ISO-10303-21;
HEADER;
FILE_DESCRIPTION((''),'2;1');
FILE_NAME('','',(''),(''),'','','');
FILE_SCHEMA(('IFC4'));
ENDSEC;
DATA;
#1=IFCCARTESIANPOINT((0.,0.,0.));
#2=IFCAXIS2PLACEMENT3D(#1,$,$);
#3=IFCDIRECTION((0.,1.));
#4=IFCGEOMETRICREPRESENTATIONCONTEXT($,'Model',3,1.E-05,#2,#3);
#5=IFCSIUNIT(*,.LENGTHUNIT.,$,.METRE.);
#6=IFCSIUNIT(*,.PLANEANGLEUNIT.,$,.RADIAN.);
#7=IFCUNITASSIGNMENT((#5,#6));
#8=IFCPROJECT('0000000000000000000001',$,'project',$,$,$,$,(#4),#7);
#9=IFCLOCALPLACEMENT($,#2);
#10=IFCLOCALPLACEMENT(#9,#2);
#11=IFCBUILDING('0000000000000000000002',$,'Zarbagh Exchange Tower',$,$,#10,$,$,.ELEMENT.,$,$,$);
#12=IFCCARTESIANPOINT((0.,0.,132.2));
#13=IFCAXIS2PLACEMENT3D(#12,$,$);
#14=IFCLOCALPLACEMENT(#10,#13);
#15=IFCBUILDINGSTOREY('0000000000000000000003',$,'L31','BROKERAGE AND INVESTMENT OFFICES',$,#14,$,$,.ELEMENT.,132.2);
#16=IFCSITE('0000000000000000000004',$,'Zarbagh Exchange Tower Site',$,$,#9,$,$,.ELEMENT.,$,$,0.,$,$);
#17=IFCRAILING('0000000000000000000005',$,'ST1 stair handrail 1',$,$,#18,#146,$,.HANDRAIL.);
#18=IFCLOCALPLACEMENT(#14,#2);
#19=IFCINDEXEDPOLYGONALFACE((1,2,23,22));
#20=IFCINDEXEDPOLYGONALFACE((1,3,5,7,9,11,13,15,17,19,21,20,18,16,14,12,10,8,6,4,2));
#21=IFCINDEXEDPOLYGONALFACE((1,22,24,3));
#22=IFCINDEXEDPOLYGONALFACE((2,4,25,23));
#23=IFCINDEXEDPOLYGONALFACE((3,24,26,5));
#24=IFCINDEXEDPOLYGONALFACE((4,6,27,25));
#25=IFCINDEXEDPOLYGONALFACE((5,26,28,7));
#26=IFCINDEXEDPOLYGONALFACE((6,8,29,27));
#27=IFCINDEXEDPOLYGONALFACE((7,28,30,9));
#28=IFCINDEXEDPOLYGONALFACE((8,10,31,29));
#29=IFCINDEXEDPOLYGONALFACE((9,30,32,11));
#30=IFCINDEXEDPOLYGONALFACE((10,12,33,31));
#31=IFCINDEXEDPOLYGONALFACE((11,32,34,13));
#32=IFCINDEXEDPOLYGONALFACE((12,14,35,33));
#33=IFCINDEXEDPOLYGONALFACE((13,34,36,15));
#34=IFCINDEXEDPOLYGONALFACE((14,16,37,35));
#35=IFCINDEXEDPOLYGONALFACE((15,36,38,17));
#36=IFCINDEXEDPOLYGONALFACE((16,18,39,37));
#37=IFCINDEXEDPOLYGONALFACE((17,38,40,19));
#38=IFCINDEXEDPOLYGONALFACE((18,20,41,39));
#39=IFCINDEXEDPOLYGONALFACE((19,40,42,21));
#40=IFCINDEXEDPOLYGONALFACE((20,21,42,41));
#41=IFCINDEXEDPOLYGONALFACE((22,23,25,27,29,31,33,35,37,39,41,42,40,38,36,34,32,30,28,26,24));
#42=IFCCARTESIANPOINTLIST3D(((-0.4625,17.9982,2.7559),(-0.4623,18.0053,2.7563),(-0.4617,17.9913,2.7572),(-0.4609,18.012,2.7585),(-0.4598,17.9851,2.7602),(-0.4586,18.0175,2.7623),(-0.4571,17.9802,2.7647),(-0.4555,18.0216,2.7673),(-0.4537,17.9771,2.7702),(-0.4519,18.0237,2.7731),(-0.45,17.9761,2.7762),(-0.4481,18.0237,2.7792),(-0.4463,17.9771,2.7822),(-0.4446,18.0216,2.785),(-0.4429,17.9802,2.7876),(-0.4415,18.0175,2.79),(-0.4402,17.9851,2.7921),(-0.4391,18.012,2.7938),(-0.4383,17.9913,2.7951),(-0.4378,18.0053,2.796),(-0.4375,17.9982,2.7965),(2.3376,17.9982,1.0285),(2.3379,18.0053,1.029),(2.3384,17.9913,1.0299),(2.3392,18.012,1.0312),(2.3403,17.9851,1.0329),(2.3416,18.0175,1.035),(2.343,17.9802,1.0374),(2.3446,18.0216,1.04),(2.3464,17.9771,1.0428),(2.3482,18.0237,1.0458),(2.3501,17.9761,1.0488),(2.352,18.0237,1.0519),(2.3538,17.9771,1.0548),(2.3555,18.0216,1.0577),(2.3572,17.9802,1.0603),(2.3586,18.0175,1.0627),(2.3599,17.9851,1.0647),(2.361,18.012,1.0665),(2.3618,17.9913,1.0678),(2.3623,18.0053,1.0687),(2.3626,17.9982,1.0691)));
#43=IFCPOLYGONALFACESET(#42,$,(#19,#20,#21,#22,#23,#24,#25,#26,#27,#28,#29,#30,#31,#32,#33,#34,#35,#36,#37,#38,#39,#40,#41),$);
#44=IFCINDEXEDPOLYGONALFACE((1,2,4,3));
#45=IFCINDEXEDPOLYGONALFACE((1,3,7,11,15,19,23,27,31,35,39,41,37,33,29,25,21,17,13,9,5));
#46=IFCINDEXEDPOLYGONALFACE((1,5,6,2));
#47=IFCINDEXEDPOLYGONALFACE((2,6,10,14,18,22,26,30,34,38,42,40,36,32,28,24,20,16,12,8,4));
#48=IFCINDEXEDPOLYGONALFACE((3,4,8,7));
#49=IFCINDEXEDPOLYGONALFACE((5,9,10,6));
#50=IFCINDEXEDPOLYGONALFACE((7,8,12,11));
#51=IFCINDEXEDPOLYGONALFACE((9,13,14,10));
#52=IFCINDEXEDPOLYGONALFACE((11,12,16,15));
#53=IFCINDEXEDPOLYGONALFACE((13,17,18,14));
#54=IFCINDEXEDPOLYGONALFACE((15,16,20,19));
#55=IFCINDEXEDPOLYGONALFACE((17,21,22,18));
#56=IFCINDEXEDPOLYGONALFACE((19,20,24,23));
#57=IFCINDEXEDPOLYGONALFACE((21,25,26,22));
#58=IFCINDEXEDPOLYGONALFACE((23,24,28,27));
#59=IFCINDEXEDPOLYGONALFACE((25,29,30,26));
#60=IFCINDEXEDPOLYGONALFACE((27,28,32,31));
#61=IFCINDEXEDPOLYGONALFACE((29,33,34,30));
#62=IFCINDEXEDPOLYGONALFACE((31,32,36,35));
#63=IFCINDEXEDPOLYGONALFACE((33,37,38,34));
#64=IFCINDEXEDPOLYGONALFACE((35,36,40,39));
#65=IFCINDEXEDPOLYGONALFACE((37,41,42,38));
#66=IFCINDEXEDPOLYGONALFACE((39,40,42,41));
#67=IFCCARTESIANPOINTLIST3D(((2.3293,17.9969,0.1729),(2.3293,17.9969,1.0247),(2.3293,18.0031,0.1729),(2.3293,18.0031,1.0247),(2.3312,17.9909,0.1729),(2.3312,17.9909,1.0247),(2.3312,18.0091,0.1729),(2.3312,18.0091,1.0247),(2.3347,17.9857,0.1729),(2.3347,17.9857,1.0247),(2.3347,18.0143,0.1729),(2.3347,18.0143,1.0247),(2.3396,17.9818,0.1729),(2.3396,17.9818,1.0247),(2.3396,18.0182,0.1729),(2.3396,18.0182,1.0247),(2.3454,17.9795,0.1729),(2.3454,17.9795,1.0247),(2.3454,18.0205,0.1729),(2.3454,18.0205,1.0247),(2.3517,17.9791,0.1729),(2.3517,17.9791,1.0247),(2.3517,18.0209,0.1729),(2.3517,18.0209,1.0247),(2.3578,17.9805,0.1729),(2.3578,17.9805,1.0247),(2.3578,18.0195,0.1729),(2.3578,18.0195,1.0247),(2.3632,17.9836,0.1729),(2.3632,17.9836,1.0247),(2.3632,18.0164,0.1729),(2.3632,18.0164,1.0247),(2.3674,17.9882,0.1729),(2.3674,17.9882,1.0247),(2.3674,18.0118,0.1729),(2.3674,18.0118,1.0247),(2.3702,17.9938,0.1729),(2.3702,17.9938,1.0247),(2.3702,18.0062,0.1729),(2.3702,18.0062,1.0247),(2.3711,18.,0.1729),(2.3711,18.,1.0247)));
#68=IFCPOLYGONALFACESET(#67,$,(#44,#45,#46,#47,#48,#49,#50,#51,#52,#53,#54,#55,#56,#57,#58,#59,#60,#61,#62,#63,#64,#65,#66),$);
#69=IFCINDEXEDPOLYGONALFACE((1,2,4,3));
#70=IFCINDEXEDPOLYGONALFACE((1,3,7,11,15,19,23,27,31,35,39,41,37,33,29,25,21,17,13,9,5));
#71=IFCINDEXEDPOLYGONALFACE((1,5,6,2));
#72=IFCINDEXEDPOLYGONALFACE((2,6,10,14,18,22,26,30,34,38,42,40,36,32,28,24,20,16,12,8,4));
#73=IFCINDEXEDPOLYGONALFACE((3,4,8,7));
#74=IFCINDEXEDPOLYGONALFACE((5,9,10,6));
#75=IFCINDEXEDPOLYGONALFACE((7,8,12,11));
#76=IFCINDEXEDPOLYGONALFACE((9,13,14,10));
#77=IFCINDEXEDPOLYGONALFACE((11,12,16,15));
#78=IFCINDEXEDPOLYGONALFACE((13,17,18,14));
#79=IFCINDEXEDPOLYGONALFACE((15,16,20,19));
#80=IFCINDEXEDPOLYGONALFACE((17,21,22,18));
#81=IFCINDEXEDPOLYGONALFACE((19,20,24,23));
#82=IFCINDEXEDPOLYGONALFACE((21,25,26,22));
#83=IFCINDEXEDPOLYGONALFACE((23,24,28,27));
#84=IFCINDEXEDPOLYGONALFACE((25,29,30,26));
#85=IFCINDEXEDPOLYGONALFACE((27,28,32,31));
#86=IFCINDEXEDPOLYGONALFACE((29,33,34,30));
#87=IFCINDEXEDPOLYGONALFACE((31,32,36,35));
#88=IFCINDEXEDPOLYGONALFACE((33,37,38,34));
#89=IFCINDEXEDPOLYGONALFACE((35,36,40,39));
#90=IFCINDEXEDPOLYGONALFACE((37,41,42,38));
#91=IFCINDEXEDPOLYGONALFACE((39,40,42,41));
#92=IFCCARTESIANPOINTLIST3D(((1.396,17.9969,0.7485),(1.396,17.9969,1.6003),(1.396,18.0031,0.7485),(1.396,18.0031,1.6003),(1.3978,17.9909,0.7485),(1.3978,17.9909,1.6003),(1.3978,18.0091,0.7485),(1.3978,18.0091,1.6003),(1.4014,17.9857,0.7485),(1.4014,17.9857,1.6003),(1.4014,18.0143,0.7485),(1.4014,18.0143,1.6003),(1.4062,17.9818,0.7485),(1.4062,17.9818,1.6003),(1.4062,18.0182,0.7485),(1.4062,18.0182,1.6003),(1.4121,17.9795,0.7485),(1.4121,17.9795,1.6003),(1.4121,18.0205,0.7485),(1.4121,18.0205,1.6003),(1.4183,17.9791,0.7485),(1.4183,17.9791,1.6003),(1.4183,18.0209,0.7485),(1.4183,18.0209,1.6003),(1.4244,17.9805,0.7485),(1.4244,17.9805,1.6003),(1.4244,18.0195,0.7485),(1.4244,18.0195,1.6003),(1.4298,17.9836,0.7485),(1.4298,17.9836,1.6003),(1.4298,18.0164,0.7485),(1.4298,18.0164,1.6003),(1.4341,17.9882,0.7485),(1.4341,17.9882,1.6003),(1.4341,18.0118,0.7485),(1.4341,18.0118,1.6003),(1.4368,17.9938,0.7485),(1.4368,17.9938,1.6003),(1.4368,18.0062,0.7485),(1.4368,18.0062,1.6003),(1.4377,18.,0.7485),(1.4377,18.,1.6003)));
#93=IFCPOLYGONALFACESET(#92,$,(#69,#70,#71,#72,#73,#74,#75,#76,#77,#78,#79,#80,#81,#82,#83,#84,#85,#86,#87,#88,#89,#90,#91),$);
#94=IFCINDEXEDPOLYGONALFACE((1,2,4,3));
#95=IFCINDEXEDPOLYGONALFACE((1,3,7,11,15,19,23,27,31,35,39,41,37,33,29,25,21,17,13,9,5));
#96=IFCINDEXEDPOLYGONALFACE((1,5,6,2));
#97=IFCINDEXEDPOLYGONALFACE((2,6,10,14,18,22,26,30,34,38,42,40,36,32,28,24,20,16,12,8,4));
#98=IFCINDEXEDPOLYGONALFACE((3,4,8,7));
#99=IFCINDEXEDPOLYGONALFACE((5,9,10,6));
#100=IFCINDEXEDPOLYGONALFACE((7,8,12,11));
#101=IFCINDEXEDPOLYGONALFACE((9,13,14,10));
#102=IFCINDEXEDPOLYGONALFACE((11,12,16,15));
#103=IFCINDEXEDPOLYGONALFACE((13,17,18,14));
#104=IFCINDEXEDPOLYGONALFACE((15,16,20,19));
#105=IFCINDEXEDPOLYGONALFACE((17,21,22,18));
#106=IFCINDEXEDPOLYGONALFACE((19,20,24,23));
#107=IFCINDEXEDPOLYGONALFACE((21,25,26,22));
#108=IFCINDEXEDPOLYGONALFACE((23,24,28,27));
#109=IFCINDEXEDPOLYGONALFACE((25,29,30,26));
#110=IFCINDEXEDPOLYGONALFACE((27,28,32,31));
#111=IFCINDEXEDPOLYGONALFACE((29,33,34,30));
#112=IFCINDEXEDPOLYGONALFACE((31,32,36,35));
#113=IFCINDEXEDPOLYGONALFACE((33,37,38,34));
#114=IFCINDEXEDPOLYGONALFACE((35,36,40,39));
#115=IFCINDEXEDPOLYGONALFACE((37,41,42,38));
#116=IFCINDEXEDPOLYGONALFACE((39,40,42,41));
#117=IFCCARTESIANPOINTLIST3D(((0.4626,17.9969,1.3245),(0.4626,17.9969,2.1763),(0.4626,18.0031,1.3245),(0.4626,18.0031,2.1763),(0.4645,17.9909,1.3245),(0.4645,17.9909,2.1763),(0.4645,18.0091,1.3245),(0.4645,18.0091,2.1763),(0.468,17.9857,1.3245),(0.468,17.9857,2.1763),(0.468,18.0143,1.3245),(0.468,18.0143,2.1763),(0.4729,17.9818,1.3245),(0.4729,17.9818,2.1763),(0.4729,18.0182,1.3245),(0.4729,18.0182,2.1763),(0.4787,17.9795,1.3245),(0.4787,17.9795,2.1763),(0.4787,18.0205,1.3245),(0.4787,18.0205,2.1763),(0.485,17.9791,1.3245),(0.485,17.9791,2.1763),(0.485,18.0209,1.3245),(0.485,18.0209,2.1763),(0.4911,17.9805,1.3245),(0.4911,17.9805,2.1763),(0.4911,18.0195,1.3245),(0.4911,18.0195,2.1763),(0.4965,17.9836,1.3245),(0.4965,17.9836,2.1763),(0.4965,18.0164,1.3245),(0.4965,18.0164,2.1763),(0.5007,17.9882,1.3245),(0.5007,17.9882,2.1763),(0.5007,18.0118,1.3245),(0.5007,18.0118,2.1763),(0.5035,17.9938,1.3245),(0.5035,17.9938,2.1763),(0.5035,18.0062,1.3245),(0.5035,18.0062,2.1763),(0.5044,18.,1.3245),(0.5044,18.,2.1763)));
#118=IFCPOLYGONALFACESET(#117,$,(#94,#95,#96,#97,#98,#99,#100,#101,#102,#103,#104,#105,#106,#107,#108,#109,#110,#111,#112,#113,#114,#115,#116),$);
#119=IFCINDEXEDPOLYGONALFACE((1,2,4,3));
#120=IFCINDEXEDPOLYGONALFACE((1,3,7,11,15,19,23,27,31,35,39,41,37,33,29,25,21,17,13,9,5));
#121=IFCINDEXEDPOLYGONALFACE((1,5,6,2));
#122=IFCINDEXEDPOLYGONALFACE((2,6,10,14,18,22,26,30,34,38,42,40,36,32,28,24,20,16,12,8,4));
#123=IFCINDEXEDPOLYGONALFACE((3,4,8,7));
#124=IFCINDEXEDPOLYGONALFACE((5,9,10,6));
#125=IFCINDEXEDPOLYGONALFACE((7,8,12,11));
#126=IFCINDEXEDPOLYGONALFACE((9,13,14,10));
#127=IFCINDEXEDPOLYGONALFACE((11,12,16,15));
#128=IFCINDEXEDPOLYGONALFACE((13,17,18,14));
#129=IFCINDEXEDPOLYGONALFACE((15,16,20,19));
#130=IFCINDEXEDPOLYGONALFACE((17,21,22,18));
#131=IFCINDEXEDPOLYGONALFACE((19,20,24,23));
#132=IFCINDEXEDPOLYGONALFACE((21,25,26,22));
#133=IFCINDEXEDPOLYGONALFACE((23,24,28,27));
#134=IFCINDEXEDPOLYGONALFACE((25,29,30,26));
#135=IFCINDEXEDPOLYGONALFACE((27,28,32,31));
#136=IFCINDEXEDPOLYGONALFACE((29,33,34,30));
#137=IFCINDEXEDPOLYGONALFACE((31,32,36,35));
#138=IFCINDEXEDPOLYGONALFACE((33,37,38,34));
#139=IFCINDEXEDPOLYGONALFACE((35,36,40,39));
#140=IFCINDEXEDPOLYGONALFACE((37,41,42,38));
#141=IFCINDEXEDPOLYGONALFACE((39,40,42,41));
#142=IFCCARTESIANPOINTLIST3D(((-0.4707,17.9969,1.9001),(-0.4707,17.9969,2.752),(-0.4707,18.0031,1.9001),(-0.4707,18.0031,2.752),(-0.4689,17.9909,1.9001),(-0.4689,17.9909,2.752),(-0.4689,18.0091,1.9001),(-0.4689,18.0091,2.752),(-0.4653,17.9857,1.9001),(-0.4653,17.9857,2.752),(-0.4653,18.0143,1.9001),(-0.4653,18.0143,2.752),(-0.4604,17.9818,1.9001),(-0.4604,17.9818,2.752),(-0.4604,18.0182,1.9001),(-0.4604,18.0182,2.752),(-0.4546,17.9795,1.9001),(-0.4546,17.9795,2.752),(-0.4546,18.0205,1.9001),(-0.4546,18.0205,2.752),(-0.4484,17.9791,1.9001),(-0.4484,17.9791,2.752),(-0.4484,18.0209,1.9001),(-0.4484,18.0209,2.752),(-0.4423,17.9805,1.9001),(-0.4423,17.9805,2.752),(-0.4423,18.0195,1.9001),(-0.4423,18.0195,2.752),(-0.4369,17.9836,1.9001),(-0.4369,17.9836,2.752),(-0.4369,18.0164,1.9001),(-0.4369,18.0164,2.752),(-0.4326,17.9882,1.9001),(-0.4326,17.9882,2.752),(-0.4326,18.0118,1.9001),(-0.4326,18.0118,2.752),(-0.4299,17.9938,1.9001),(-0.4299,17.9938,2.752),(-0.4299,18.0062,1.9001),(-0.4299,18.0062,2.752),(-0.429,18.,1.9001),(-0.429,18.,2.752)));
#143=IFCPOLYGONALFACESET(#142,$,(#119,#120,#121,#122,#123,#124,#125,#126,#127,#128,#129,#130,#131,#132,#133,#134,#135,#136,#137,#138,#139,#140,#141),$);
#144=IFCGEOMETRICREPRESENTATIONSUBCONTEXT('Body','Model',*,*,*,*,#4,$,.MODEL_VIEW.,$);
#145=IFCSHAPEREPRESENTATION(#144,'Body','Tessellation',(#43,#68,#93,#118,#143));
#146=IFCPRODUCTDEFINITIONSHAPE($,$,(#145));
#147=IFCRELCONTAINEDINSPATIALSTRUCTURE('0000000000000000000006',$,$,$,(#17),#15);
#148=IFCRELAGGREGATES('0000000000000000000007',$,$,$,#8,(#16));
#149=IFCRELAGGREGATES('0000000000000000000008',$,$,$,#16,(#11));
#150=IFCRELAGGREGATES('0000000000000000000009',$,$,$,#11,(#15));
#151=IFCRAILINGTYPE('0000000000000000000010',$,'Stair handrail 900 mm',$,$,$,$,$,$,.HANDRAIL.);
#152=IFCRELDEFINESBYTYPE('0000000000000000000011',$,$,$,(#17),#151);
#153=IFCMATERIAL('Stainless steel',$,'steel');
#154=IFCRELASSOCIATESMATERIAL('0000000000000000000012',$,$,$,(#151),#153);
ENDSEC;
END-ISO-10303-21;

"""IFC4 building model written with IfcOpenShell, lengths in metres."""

from ifc_helpers import new_model, si_unit, direction, frame, origin, origin_2d, place, context, subcontext, project, spatial, circle, extrude, material, type_object, element, save


model = new_model("IFC4")

# Units and contexts
model_context = context("Model", 3, precision=1e-05, world=origin(), true_north=direction((0.0, 1.0)))
body_context = subcontext(model_context, "Body", "Model", "MODEL_VIEW")
ifc_project = project(units=[si_unit("LENGTHUNIT", "METRE"), si_unit("PLANEANGLEUNIT", "RADIAN")], contexts=[model_context])

# Site, building, storey
site_placement = place(None, origin())
site = spatial("IfcSite", under=ifc_project, at=site_placement, Name="Zarbagh Exchange Tower Site", CompositionType="ELEMENT", RefElevation=0.0)
building_placement = place(site_placement, origin())
building = spatial("IfcBuilding", under=site, at=building_placement, Name="Zarbagh Exchange Tower", CompositionType="ELEMENT")
storey_placement = place(building_placement, frame((0.0, 0.0, 132.2)))
storey = spatial("IfcBuildingStorey", under=building, at=storey_placement, Name="L31", Description="BROKERAGE AND INVESTMENT OFFICES", CompositionType="ELEMENT", Elevation=132.2)

# Shared definitions
ifc_material_1 = material(Name="Stainless steel", Category="steel")

# Railing
railing_type = type_object("IfcRailingType", Name="Stair handrail 900 mm", PredefinedType="HANDRAIL", material=ifc_material_1)
railing_placement = place(storey_placement, frame((2.3501, 18.0, 0.1729)))
element("IfcRailing", 1, at=railing_placement, inside=storey, type_object=railing_type, Name="ST1 stair handrail 1", PredefinedType="HANDRAIL", context=body_context, shape_type="SweptSolid", body=[
    extrude(circle(Radius=0.0239, at=origin_2d()), frame((0.0, 0.0, 0.876), z_axis=(-0.85109, 0.0, 0.52502), x_axis=(0.0, -1.0, 0.0)), (0.0, 0.0, 1.0), 3.29),
    extrude(circle(Radius=0.021, at=origin_2d()), origin(), (0.0, 0.0, 1.0), 0.8518),
    extrude(circle(Radius=0.021, at=origin_2d()), frame((-0.9333, 0.0, 0.5757)), (0.0, 0.0, 1.0), 0.8518),
    extrude(circle(Radius=0.021, at=origin_2d()), frame((-1.8667, 0.0, 1.1516)), (0.0, 0.0, 1.0), 0.8518),
    extrude(circle(Radius=0.021, at=origin_2d()), frame((-2.8, 0.0, 1.7273)), (0.0, 0.0, 1.0), 0.8518),
])

save(model, "model.ifc")
